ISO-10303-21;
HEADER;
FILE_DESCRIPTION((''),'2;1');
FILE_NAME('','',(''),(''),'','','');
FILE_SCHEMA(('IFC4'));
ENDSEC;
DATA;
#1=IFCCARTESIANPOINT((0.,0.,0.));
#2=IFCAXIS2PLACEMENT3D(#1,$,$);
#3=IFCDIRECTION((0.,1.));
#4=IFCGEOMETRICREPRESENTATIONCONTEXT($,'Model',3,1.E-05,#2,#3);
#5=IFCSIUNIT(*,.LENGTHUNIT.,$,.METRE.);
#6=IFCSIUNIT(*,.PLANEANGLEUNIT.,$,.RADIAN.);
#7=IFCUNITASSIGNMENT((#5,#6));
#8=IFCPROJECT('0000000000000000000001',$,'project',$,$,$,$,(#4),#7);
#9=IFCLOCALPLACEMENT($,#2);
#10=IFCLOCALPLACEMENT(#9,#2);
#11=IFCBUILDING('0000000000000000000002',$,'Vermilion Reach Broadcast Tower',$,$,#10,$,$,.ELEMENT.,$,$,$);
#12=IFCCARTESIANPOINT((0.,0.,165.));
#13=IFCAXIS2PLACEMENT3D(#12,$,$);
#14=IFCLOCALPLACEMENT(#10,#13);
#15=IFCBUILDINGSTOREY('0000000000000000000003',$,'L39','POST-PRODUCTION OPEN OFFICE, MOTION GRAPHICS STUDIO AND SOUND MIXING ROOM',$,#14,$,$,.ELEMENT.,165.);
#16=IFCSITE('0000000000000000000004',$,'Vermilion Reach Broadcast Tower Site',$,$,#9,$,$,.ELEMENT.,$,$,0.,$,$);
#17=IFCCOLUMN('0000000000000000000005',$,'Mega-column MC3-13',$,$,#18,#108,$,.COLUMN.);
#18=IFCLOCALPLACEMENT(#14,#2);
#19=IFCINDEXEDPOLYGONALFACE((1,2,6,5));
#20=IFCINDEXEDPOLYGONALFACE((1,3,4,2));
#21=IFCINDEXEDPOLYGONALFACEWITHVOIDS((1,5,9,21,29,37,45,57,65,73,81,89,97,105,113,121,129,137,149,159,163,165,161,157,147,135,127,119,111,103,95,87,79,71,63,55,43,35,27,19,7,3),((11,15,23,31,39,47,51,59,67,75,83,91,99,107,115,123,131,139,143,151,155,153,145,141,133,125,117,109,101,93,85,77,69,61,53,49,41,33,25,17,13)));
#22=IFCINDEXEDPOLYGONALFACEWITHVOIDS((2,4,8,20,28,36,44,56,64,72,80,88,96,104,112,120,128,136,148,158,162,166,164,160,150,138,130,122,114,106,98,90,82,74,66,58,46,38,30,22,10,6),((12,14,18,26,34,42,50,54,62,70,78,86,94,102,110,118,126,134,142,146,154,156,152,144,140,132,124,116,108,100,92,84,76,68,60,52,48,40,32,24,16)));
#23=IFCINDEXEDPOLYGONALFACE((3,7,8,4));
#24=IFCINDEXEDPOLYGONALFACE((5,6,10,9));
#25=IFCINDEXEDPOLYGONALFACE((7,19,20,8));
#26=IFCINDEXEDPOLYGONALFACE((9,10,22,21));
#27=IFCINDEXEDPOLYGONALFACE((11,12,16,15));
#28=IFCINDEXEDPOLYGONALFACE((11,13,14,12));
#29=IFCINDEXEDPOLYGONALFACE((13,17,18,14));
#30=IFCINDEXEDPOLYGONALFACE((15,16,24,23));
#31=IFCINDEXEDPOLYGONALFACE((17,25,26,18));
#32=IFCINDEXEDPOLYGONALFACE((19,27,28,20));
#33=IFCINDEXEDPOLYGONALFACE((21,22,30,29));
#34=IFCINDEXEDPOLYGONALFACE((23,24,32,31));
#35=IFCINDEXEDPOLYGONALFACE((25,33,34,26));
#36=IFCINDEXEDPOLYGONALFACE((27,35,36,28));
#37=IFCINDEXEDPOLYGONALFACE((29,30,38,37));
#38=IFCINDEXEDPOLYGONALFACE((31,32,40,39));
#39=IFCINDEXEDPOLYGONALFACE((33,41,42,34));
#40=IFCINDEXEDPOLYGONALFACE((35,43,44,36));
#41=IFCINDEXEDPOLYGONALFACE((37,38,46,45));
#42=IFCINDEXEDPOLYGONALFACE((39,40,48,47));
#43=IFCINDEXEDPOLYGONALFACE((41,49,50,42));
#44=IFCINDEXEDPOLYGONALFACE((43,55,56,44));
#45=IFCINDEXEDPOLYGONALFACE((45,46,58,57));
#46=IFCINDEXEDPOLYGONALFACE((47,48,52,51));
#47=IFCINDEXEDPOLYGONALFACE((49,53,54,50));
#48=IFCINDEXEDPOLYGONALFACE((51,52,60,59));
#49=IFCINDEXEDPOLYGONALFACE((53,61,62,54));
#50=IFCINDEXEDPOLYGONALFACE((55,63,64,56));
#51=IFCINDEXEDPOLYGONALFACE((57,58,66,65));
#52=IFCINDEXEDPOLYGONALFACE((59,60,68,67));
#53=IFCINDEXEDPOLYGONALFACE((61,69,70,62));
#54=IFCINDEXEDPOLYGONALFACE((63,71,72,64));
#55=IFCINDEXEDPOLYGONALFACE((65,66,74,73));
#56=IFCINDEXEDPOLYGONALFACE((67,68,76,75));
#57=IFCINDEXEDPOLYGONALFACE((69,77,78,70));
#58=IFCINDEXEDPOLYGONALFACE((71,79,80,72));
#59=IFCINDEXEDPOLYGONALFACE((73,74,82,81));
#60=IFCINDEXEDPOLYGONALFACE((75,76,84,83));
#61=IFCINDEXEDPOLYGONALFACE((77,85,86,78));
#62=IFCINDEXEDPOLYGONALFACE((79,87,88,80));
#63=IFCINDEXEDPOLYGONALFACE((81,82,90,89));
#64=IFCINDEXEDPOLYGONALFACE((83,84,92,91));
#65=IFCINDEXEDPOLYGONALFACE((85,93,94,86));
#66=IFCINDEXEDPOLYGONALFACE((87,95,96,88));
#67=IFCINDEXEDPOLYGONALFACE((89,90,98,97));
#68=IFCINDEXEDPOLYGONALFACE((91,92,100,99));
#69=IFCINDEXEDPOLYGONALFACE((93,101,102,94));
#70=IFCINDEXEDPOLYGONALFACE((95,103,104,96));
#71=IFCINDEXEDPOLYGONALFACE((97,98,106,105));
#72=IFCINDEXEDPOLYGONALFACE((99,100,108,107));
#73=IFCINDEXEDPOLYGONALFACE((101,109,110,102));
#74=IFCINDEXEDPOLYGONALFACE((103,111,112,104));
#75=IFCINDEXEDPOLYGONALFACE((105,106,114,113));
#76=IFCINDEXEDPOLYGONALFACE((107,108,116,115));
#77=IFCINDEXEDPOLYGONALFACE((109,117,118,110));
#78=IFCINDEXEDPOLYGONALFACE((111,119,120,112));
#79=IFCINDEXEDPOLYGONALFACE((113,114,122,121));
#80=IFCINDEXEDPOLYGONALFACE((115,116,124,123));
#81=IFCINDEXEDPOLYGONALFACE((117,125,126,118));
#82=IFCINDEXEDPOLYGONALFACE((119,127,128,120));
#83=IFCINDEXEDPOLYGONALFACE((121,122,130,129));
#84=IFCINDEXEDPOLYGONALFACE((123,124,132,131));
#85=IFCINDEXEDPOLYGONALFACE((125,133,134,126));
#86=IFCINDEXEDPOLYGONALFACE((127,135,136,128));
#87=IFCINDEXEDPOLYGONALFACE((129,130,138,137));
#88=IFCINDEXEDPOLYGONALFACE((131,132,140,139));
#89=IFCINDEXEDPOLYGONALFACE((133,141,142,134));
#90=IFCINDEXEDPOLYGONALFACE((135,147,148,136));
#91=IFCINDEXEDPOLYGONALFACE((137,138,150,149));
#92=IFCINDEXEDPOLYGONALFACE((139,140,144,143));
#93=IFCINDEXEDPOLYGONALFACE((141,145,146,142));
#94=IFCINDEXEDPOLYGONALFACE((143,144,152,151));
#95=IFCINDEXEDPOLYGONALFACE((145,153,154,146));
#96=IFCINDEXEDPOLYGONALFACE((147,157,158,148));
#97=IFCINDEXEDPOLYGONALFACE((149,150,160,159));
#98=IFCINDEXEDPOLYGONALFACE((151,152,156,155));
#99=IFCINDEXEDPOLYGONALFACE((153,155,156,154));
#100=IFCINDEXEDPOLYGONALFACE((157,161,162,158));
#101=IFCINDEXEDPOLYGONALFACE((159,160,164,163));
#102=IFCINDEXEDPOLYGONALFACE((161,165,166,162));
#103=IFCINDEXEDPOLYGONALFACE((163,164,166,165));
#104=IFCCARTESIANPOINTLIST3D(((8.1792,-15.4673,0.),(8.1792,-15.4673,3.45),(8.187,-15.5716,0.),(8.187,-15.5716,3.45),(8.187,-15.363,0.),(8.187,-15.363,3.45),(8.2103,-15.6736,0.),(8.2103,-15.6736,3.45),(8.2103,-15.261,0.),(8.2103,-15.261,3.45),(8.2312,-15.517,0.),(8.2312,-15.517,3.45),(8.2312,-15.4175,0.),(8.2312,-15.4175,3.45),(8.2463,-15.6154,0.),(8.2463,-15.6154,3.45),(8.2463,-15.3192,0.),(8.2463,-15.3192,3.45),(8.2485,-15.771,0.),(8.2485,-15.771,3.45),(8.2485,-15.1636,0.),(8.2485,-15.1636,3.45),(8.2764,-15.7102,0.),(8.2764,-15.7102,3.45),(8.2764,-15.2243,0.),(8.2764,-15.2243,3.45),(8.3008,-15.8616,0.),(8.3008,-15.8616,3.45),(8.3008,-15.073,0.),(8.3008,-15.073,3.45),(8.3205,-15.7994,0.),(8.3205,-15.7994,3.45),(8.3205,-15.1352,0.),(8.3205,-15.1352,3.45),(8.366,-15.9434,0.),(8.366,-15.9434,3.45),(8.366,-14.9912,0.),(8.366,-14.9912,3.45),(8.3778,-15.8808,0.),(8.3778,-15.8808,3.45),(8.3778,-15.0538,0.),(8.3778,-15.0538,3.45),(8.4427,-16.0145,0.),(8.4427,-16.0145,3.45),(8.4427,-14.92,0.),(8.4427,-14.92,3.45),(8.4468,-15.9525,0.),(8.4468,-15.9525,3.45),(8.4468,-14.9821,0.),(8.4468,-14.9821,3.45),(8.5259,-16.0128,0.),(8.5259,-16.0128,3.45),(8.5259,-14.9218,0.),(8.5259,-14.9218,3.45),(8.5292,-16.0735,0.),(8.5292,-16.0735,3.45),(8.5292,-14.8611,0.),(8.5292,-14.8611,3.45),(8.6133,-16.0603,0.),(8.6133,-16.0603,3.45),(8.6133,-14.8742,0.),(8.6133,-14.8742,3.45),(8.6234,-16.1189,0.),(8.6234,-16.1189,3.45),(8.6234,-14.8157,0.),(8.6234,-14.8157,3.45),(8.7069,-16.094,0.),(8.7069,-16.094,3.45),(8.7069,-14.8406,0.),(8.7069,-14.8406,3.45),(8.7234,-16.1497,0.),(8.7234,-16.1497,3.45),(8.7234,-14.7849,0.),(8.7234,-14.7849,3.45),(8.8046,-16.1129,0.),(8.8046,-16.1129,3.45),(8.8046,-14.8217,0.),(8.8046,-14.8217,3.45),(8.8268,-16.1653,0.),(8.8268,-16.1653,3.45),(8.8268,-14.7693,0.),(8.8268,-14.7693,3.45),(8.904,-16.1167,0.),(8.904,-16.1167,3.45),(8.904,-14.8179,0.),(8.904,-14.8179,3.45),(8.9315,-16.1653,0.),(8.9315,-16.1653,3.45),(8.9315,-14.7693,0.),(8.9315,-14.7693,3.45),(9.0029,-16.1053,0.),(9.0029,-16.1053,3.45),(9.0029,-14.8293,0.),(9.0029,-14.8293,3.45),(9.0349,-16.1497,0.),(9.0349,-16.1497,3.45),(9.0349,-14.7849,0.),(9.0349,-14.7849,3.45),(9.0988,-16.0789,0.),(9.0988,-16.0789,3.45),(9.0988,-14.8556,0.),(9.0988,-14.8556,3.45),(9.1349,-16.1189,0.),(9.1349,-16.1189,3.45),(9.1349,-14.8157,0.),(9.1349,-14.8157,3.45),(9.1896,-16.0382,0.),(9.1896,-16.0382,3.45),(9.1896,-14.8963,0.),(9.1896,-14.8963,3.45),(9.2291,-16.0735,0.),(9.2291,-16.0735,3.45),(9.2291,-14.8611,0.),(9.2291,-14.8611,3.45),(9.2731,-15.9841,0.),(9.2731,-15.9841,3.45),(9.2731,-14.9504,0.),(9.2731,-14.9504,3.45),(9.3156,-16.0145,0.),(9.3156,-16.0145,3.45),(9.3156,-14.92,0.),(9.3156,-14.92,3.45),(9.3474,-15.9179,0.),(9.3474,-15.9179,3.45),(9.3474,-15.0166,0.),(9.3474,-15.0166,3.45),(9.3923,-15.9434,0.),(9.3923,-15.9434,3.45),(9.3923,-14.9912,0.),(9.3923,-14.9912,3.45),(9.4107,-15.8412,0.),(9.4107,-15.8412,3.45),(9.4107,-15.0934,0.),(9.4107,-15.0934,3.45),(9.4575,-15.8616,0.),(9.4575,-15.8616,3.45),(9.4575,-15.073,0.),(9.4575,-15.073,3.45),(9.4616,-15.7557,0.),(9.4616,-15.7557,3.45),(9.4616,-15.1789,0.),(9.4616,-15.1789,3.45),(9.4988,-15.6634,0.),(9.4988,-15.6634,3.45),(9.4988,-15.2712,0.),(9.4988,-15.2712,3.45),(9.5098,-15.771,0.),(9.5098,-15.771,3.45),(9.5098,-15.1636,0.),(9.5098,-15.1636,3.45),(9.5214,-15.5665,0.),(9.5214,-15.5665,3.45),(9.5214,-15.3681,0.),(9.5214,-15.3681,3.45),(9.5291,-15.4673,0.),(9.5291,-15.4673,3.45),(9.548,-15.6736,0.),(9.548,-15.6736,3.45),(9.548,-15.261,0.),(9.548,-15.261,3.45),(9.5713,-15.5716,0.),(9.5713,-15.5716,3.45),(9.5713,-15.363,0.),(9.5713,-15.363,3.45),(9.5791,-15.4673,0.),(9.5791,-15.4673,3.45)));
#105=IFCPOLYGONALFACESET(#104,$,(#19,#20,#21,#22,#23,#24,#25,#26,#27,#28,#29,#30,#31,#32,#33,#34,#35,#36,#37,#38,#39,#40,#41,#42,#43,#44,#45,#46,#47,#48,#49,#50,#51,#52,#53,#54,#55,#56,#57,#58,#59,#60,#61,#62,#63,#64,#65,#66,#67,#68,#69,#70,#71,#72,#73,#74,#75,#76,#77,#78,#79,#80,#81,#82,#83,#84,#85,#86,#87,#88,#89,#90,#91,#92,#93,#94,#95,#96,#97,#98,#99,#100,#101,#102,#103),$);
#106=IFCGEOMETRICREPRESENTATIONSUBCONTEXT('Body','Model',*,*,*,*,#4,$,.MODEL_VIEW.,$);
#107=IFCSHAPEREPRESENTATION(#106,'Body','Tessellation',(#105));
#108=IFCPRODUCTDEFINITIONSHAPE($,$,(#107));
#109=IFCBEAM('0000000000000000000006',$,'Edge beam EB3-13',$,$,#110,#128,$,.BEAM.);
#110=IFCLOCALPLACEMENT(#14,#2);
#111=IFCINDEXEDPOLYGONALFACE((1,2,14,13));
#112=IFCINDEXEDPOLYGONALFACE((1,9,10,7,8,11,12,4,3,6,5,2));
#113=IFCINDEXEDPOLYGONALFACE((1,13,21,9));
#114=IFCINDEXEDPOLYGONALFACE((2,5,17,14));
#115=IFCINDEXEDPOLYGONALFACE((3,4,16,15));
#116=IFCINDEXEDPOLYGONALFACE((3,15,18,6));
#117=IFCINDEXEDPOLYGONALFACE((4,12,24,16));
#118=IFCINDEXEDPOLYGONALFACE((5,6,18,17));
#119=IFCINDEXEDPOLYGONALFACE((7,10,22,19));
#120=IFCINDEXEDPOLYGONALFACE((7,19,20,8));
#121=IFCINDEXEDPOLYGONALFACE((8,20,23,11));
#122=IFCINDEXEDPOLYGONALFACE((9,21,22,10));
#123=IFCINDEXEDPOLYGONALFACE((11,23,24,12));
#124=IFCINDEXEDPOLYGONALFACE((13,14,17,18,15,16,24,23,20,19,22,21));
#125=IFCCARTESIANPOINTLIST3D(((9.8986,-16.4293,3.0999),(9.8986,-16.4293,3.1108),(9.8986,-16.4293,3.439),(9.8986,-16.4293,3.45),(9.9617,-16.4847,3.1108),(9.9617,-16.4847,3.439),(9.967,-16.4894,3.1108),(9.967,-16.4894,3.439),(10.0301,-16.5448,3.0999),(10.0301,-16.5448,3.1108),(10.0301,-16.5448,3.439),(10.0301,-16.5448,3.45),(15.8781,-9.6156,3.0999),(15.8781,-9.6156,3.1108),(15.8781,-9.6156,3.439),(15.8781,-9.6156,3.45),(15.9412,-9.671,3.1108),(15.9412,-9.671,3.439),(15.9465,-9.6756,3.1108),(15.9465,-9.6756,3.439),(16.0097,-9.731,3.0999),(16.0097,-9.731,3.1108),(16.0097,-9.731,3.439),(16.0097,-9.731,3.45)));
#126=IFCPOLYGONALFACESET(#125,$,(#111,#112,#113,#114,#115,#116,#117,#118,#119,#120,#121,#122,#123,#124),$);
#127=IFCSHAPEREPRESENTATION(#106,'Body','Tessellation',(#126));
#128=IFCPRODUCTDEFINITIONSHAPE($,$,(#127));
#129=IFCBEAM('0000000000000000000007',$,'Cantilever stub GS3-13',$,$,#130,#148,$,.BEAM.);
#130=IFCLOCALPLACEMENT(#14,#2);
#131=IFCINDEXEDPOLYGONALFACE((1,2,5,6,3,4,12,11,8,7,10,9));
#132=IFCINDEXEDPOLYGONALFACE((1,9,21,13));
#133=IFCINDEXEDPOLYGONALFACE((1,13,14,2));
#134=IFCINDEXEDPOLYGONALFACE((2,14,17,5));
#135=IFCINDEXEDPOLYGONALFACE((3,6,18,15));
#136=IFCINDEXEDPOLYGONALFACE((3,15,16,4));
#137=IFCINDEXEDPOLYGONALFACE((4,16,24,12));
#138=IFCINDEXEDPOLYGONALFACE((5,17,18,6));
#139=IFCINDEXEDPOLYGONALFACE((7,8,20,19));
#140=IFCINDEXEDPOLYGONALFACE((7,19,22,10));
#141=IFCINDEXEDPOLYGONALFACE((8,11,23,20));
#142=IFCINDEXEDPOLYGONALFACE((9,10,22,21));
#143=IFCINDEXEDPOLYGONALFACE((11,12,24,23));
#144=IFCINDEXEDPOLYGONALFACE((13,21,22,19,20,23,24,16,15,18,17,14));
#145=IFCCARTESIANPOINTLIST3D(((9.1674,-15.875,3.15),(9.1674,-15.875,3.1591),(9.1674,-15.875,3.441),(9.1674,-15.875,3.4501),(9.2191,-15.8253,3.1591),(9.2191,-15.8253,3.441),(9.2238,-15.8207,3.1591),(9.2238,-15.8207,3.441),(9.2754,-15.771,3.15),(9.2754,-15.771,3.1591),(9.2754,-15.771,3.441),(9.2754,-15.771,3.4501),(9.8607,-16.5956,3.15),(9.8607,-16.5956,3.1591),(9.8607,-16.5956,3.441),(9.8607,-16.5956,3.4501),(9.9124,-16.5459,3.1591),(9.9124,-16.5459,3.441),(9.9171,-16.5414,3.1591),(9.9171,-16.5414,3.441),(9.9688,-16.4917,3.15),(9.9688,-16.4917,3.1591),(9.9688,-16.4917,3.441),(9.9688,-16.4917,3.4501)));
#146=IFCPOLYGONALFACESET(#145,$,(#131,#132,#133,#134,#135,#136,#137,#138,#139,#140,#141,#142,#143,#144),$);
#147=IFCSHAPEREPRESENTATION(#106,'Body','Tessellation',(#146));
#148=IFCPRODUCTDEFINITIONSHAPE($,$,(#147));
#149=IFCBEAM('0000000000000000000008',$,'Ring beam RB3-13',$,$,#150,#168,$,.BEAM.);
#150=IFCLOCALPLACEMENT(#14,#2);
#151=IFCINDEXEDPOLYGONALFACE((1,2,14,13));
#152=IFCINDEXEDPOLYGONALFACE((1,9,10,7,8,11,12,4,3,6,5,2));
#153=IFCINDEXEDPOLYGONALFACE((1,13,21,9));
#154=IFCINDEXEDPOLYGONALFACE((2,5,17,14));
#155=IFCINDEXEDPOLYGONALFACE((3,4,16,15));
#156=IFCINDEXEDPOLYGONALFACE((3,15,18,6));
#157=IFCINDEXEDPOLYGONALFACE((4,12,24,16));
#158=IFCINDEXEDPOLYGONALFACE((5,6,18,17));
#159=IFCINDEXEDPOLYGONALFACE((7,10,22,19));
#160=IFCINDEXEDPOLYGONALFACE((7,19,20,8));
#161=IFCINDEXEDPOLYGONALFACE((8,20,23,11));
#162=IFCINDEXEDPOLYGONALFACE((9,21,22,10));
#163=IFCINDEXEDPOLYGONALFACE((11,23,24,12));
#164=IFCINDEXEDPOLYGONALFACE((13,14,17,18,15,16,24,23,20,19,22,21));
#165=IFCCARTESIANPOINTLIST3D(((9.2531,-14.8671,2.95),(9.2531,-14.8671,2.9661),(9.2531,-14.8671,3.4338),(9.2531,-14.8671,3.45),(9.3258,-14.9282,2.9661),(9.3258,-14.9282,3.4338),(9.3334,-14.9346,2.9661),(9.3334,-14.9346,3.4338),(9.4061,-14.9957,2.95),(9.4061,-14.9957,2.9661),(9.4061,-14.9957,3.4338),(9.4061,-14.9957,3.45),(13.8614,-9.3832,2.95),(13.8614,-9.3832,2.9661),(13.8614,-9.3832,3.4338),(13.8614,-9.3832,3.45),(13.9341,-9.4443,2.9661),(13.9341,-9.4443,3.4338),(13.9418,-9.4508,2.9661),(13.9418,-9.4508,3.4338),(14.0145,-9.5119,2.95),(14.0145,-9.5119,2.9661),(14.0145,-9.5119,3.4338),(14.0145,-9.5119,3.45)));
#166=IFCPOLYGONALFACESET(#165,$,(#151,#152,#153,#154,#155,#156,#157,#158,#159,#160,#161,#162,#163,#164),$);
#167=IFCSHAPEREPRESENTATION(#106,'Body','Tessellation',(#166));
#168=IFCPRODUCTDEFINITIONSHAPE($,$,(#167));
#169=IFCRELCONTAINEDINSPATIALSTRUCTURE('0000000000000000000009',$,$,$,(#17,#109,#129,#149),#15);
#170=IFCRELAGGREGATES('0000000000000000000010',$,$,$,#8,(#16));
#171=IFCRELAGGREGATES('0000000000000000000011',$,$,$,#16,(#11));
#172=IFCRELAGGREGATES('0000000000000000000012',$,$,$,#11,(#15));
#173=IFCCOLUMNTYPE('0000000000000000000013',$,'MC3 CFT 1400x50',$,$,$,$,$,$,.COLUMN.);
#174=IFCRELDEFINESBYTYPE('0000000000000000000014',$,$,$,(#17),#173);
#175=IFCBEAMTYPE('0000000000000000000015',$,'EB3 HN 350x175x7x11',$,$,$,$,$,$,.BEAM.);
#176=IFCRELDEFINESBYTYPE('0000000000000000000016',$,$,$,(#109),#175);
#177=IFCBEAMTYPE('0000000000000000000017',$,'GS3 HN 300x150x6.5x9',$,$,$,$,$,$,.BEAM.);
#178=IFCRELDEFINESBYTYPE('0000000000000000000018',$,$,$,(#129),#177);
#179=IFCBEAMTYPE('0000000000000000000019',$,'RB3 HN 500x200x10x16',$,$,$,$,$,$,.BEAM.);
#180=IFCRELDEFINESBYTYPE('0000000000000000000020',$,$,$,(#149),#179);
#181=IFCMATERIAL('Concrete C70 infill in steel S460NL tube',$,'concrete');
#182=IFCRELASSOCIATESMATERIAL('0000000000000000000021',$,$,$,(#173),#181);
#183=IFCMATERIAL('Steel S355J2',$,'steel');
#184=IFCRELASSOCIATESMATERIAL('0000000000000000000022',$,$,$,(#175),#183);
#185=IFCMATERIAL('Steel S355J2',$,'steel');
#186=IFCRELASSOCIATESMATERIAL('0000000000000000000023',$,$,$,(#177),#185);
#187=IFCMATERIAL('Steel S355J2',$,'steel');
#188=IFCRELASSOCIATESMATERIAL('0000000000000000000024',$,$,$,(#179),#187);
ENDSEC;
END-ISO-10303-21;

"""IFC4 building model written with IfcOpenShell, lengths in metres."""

from ifc_helpers import new_model, si_unit, direction, frame, origin, origin_2d, place, context, subcontext, project, spatial, hollow_circle, i_section, extrude, material, material_profile, profile_set, type_object, element, save


model = new_model("IFC4")

# Units and contexts
model_context = context("Model", 3, precision=1e-05, world=origin(), true_north=direction((0.0, 1.0)))
body_context = subcontext(model_context, "Body", "Model", "MODEL_VIEW")
ifc_project = project(units=[si_unit("LENGTHUNIT", "METRE"), si_unit("PLANEANGLEUNIT", "RADIAN")], contexts=[model_context])

# Site, building, storey
site_placement = place(None, origin())
site = spatial("IfcSite", under=ifc_project, at=site_placement, Name="Vermilion Reach Broadcast Tower Site", CompositionType="ELEMENT", RefElevation=0.0)
building_placement = place(site_placement, origin())
building = spatial("IfcBuilding", under=site, at=building_placement, Name="Vermilion Reach Broadcast Tower", CompositionType="ELEMENT")
storey_placement = place(building_placement, frame((0.0, 0.0, 165.0)))
storey = spatial("IfcBuildingStorey", under=building, at=storey_placement, Name="L39", Description="POST-PRODUCTION OPEN OFFICE, MOTION GRAPHICS STUDIO AND SOUND MIXING ROOM", CompositionType="ELEMENT", Elevation=165.0)

# Column
ifc_material_1 = material(Name="Concrete C70 infill in steel S460NL tube", Category="concrete")
ifc_material_profile_1 = material_profile(ifc_material_1, hollow_circle(Radius=0.7, WallThickness=0.05, at=origin_2d()), Name="Concrete C70 infill in steel S460NL tube CFT 1400x50")
ifc_profile_set_1 = profile_set([ifc_material_profile_1], Name="Concrete C70 infill in steel S460NL tube")
column_type = type_object("IfcColumnType", Name="MC3 CFT 1400x50", PredefinedType="COLUMN", material=ifc_profile_set_1)
column_placement = place(storey_placement, frame((8.8792, -15.4673, 0.0), z_axis=(0.0, 0.0, 1.0), x_axis=(1.0, 0.0, 0.0)))
element("IfcColumn", 1, at=column_placement, inside=storey, type_object=column_type, Name="Mega-column MC3-13", PredefinedType="COLUMN", context=body_context, shape_type="SweptSolid", body=[
    extrude(hollow_circle(Radius=0.7, WallThickness=0.05, at=origin_2d()), origin(), (0.0, 0.0, 1.0), 3.45),
])

# Beams
ifc_material_2 = material(Name="Steel S355J2", Category="steel")
ifc_material_profile_2 = material_profile(ifc_material_2, i_section(OverallWidth=0.175, OverallDepth=0.3501, WebThickness=0.0071, FlangeThickness=0.011, at=origin_2d()), Name="S355J2 HN 350x175x7x11")
ifc_profile_set_2 = profile_set([ifc_material_profile_2], Name="Steel S355J2")
beam_type_1 = type_object("IfcBeamType", Name="EB3 HN 350x175x7x11", PredefinedType="BEAM", material=ifc_profile_set_2)
beam_1_placement = place(storey_placement, frame((9.9644, -16.4871, 3.2749), z_axis=(0.659596, 0.75162, 0.0), x_axis=(-0.75162, 0.659596, 0.0)))
element("IfcBeam", 2, at=beam_1_placement, inside=storey, type_object=beam_type_1, Name="Edge beam EB3-13", PredefinedType="BEAM", context=body_context, shape_type="SweptSolid", body=[
    extrude(i_section(OverallWidth=0.175, OverallDepth=0.3501, WebThickness=0.0071, FlangeThickness=0.011, at=origin_2d()), origin(), (0.0, 0.0, 1.0), 9.0654),
])
ifc_material_3 = material(Name="Steel S355J2", Category="steel")
ifc_material_profile_3 = material_profile(ifc_material_3, i_section(OverallWidth=0.1499, OverallDepth=0.3, WebThickness=0.0066, FlangeThickness=0.009, at=origin_2d()), Name="S355J2 HN 300x150x6.5x9")
ifc_profile_set_3 = profile_set([ifc_material_profile_3], Name="Steel S355J2")
beam_type_2 = type_object("IfcBeamType", Name="GS3 HN 300x150x6.5x9", PredefinedType="BEAM", material=ifc_profile_set_3)
beam_2_placement = place(storey_placement, frame((9.2214, -15.823, 3.3), z_axis=(0.693304, -0.720645, 0.0), x_axis=(0.720645, 0.693304, 0.0)))
element("IfcBeam", 3, at=beam_2_placement, inside=storey, type_object=beam_type_2, Name="Cantilever stub GS3-13", PredefinedType="BEAM", context=body_context, shape_type="SweptSolid", body=[
    extrude(i_section(OverallWidth=0.1499, OverallDepth=0.3, WebThickness=0.0066, FlangeThickness=0.009, at=origin_2d()), origin(), (0.0, 0.0, 1.0), 1.0),
])
ifc_material_4 = material(Name="Steel S355J2", Category="steel")
ifc_material_profile_4 = material_profile(ifc_material_4, i_section(OverallWidth=0.2, OverallDepth=0.5, WebThickness=0.01, FlangeThickness=0.0161, at=origin_2d()), Name="S355J2 HN 500x200x10x16")
ifc_profile_set_4 = profile_set([ifc_material_profile_4], Name="Steel S355J2")
beam_type_3 = type_object("IfcBeamType", Name="RB3 HN 500x200x10x16", PredefinedType="BEAM", material=ifc_profile_set_4)
beam_3_placement = place(storey_placement, frame((9.3296, -14.9314, 3.2), z_axis=(0.64335, 0.765572, 0.0), x_axis=(-0.765572, 0.64335, 0.0)))
element("IfcBeam", 4, at=beam_3_placement, inside=storey, type_object=beam_type_3, Name="Ring beam RB3-13", PredefinedType="BEAM", context=body_context, shape_type="SweptSolid", body=[
    extrude(i_section(OverallWidth=0.2, OverallDepth=0.5, WebThickness=0.01, FlangeThickness=0.0161, at=origin_2d()), origin(), (0.0, 0.0, 1.0), 7.1631),
])

save(model, "model.ifc")
